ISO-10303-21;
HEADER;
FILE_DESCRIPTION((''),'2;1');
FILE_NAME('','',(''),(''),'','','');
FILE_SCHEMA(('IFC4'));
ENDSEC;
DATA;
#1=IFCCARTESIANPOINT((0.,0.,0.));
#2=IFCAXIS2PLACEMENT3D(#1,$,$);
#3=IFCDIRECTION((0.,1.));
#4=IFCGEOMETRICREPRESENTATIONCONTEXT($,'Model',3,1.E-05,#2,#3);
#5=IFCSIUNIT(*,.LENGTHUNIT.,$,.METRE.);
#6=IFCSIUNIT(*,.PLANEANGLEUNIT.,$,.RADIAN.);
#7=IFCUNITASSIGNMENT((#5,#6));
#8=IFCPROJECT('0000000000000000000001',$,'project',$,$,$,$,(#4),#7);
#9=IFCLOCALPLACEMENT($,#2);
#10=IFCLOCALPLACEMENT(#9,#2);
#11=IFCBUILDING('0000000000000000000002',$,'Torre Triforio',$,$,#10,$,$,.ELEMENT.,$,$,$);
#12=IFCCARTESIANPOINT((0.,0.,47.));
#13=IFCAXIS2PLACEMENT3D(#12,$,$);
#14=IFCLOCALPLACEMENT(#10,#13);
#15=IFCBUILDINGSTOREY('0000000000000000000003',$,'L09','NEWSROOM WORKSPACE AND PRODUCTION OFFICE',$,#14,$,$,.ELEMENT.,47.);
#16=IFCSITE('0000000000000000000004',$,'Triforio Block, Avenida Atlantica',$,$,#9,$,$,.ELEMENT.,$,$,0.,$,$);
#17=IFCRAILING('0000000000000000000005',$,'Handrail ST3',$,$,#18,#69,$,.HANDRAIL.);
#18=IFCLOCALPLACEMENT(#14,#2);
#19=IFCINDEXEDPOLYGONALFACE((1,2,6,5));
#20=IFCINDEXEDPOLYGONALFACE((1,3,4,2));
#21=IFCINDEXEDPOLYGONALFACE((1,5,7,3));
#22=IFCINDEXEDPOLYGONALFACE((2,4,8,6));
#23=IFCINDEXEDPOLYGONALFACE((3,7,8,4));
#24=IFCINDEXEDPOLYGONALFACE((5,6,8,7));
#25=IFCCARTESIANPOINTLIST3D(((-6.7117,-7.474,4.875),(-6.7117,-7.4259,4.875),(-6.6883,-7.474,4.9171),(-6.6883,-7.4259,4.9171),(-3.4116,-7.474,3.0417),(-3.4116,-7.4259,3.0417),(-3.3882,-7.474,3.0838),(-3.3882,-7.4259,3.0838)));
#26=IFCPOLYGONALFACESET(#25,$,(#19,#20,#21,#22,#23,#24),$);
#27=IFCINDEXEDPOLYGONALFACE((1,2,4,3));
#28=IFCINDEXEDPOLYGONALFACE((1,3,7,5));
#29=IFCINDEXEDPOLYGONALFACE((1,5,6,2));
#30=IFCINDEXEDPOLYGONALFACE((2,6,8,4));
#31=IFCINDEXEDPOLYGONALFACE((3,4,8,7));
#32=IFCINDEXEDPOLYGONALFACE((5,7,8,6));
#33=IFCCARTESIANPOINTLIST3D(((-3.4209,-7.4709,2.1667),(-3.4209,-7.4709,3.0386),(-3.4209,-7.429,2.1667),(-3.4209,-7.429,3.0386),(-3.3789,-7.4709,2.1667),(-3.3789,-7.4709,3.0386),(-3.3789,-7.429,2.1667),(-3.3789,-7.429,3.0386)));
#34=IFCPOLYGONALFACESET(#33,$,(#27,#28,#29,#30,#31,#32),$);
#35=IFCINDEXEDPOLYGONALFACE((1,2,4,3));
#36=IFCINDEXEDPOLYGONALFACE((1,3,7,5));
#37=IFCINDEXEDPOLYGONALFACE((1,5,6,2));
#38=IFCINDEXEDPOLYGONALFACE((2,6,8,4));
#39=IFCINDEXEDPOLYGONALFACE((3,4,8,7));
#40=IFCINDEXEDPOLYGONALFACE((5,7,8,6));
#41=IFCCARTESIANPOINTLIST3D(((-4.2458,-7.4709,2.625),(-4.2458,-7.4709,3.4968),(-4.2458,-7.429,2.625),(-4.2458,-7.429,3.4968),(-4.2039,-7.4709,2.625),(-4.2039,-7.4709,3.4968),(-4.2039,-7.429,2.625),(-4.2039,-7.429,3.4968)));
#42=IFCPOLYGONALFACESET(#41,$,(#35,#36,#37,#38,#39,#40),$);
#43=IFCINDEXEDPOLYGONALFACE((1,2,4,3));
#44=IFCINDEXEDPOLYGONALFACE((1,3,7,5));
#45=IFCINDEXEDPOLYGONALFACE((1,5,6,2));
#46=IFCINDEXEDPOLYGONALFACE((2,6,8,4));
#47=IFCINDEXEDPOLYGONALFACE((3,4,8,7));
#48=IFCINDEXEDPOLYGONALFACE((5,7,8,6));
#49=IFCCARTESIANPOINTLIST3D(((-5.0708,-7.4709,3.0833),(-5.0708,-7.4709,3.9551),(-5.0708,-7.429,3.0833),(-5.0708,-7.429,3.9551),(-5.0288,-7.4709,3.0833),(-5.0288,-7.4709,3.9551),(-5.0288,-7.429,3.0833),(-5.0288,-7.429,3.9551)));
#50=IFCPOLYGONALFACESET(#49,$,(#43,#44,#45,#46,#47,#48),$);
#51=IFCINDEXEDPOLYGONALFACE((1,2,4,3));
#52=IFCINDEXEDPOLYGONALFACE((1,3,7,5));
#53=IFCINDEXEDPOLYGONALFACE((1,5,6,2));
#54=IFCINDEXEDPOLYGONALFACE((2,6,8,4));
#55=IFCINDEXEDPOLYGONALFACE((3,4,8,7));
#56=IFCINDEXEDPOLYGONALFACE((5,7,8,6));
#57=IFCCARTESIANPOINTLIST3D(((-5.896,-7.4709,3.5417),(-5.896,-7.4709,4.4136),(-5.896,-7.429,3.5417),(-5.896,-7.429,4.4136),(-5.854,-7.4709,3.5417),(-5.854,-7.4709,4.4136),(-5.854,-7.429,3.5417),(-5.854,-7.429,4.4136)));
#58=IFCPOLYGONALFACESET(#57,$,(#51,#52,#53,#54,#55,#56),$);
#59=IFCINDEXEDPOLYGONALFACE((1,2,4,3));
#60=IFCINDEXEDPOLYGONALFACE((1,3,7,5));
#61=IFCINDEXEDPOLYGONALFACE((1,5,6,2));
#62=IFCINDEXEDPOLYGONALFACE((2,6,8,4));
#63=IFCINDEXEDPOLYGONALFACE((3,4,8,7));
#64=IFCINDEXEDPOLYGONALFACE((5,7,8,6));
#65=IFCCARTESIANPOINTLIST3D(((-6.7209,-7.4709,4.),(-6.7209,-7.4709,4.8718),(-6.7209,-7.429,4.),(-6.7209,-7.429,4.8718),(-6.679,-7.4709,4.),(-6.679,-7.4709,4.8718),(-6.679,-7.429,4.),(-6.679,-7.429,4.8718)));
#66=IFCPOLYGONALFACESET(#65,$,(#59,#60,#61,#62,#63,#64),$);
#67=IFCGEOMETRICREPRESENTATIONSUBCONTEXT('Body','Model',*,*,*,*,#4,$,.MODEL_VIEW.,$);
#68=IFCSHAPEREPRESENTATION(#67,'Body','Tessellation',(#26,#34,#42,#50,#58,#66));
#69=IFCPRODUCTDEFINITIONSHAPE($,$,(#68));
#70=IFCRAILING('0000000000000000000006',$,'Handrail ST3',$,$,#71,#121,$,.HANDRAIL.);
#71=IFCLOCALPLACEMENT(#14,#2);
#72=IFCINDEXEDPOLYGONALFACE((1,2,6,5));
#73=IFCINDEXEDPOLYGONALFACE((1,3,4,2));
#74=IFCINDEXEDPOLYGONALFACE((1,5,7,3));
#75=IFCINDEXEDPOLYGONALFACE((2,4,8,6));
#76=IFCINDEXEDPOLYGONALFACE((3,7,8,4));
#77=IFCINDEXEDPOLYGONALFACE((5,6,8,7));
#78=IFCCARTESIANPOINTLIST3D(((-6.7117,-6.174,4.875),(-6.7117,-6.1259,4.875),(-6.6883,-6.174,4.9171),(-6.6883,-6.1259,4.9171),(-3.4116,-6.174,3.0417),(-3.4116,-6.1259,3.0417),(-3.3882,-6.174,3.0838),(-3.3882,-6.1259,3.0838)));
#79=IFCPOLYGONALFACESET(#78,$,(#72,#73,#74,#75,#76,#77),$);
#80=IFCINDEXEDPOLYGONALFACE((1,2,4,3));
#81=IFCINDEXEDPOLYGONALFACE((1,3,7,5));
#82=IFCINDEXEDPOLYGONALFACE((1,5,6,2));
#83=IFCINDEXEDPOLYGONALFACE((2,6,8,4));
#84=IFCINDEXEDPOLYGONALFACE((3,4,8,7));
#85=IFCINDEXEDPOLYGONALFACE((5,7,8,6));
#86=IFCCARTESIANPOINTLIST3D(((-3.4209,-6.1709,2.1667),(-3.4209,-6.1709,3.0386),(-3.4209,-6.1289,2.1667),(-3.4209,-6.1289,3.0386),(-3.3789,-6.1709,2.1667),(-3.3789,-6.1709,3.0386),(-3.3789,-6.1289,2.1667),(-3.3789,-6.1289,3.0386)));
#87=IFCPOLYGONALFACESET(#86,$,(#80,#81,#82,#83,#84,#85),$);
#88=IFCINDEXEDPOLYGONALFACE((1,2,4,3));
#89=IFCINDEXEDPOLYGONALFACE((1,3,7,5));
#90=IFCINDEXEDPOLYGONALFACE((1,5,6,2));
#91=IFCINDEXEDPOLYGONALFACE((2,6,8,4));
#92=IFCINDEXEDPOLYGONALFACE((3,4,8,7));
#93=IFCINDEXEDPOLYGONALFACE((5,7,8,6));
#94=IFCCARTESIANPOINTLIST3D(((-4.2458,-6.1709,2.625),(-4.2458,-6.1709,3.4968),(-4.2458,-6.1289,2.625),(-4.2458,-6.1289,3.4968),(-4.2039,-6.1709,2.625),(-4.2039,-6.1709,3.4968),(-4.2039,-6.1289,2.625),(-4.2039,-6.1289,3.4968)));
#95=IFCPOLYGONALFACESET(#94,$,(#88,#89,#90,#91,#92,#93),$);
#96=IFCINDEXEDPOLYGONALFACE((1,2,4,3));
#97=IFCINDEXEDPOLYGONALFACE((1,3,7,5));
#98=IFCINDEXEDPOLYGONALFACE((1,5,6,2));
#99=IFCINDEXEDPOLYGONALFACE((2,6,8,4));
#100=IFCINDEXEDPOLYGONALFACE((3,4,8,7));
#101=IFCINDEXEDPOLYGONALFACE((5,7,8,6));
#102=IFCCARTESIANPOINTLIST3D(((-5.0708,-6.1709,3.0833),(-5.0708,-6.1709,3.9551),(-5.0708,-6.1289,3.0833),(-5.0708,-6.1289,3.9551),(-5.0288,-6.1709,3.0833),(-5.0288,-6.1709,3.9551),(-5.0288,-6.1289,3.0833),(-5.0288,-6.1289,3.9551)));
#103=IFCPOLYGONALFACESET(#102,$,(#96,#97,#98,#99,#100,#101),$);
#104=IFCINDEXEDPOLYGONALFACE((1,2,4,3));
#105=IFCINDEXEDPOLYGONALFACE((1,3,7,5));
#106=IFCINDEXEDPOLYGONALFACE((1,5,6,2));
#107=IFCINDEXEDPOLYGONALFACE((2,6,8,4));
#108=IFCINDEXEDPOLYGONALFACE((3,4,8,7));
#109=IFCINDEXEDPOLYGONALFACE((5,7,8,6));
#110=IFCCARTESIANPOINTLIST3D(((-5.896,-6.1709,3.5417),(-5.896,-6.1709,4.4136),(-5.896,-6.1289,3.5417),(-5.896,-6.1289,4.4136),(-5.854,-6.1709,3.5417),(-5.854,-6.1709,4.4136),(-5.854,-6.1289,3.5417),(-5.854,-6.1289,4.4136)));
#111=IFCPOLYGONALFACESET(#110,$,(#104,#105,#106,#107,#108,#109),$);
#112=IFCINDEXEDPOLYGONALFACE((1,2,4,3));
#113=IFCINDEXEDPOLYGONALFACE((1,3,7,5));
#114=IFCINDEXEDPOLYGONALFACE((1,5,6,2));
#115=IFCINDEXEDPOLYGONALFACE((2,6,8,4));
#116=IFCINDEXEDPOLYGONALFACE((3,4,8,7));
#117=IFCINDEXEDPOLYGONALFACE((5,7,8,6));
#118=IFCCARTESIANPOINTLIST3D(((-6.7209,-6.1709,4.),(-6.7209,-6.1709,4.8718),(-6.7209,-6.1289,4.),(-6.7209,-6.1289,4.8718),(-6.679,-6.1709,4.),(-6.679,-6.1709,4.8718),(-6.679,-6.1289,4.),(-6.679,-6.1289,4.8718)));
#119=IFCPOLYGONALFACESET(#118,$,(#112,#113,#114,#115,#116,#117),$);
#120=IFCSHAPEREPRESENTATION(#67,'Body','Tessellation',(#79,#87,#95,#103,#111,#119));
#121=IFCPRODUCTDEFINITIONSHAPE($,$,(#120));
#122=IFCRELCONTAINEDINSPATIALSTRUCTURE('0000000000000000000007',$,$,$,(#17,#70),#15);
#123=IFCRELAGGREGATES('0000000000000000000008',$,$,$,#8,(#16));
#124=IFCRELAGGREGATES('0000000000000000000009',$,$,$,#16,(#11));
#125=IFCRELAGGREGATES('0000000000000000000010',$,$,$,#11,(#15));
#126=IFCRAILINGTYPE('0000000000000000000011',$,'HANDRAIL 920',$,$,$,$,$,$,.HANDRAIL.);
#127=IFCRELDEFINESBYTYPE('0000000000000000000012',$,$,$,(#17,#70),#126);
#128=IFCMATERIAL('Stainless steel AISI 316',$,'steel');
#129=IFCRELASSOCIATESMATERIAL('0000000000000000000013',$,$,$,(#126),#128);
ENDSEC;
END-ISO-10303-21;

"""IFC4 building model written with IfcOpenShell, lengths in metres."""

from ifc_helpers import new_model, si_unit, direction, frame, origin, origin_2d, place, context, subcontext, project, spatial, rectangle, extrude, material, type_object, element, save


model = new_model("IFC4")

# Units and contexts
model_context = context("Model", 3, precision=1e-05, world=origin(), true_north=direction((0.0, 1.0)))
body_context = subcontext(model_context, "Body", "Model", "MODEL_VIEW")
ifc_project = project(units=[si_unit("LENGTHUNIT", "METRE"), si_unit("PLANEANGLEUNIT", "RADIAN")], contexts=[model_context])

# Site, building, storey
site_placement = place(None, origin())
site = spatial("IfcSite", under=ifc_project, at=site_placement, Name="Triforio Block, Avenida Atlantica", CompositionType="ELEMENT", RefElevation=0.0)
building_placement = place(site_placement, origin())
building = spatial("IfcBuilding", under=site, at=building_placement, Name="Torre Triforio", CompositionType="ELEMENT")
storey_placement = place(building_placement, frame((0.0, 0.0, 47.0)))
storey = spatial("IfcBuildingStorey", under=building, at=storey_placement, Name="L09", Description="NEWSROOM WORKSPACE AND PRODUCTION OFFICE", CompositionType="ELEMENT", Elevation=47.0)

# Railings
ifc_material_1 = material(Name="Stainless steel AISI 316", Category="steel")
railing_type = type_object("IfcRailingType", Name="HANDRAIL 920", PredefinedType="HANDRAIL", material=ifc_material_1)
for number, where, name in (
    (1, (-3.3999, -7.45, 2.1667), "Handrail ST3"),
    (2, (-3.3999, -6.1499, 2.1667), "Handrail ST3"),
):
    element("IfcRailing", number, at=place(storey_placement, frame(where)), inside=storey, type_object=railing_type, Name=name, PredefinedType="HANDRAIL", context=body_context, shape_type="SweptSolid", body=[
        extrude(rectangle(XDim=0.0481, YDim=0.0481, at=origin_2d()), frame((0.0, 0.0, 0.896), z_axis=(-0.874169, 0.0, 0.485621), x_axis=(0.0, -1.0, 0.0)), (0.0, 0.0, 1.0), 3.7751),
        extrude(rectangle(XDim=0.042, YDim=0.042, at=origin_2d()), origin(), (0.0, 0.0, 1.0), 0.8718),
        extrude(rectangle(XDim=0.042, YDim=0.042, at=origin_2d()), frame((-0.825, 0.0, 0.4583)), (0.0, 0.0, 1.0), 0.8718),
        extrude(rectangle(XDim=0.042, YDim=0.042, at=origin_2d()), frame((-1.6499, 0.0, 0.9165)), (0.0, 0.0, 1.0), 0.8718),
        extrude(rectangle(XDim=0.042, YDim=0.042, at=origin_2d()), frame((-2.4751, 0.0, 1.375)), (0.0, 0.0, 1.0), 0.8718),
        extrude(rectangle(XDim=0.042, YDim=0.042, at=origin_2d()), frame((-3.3, 0.0, 1.8333)), (0.0, 0.0, 1.0), 0.8718),
    ])

save(model, "model.ifc")
